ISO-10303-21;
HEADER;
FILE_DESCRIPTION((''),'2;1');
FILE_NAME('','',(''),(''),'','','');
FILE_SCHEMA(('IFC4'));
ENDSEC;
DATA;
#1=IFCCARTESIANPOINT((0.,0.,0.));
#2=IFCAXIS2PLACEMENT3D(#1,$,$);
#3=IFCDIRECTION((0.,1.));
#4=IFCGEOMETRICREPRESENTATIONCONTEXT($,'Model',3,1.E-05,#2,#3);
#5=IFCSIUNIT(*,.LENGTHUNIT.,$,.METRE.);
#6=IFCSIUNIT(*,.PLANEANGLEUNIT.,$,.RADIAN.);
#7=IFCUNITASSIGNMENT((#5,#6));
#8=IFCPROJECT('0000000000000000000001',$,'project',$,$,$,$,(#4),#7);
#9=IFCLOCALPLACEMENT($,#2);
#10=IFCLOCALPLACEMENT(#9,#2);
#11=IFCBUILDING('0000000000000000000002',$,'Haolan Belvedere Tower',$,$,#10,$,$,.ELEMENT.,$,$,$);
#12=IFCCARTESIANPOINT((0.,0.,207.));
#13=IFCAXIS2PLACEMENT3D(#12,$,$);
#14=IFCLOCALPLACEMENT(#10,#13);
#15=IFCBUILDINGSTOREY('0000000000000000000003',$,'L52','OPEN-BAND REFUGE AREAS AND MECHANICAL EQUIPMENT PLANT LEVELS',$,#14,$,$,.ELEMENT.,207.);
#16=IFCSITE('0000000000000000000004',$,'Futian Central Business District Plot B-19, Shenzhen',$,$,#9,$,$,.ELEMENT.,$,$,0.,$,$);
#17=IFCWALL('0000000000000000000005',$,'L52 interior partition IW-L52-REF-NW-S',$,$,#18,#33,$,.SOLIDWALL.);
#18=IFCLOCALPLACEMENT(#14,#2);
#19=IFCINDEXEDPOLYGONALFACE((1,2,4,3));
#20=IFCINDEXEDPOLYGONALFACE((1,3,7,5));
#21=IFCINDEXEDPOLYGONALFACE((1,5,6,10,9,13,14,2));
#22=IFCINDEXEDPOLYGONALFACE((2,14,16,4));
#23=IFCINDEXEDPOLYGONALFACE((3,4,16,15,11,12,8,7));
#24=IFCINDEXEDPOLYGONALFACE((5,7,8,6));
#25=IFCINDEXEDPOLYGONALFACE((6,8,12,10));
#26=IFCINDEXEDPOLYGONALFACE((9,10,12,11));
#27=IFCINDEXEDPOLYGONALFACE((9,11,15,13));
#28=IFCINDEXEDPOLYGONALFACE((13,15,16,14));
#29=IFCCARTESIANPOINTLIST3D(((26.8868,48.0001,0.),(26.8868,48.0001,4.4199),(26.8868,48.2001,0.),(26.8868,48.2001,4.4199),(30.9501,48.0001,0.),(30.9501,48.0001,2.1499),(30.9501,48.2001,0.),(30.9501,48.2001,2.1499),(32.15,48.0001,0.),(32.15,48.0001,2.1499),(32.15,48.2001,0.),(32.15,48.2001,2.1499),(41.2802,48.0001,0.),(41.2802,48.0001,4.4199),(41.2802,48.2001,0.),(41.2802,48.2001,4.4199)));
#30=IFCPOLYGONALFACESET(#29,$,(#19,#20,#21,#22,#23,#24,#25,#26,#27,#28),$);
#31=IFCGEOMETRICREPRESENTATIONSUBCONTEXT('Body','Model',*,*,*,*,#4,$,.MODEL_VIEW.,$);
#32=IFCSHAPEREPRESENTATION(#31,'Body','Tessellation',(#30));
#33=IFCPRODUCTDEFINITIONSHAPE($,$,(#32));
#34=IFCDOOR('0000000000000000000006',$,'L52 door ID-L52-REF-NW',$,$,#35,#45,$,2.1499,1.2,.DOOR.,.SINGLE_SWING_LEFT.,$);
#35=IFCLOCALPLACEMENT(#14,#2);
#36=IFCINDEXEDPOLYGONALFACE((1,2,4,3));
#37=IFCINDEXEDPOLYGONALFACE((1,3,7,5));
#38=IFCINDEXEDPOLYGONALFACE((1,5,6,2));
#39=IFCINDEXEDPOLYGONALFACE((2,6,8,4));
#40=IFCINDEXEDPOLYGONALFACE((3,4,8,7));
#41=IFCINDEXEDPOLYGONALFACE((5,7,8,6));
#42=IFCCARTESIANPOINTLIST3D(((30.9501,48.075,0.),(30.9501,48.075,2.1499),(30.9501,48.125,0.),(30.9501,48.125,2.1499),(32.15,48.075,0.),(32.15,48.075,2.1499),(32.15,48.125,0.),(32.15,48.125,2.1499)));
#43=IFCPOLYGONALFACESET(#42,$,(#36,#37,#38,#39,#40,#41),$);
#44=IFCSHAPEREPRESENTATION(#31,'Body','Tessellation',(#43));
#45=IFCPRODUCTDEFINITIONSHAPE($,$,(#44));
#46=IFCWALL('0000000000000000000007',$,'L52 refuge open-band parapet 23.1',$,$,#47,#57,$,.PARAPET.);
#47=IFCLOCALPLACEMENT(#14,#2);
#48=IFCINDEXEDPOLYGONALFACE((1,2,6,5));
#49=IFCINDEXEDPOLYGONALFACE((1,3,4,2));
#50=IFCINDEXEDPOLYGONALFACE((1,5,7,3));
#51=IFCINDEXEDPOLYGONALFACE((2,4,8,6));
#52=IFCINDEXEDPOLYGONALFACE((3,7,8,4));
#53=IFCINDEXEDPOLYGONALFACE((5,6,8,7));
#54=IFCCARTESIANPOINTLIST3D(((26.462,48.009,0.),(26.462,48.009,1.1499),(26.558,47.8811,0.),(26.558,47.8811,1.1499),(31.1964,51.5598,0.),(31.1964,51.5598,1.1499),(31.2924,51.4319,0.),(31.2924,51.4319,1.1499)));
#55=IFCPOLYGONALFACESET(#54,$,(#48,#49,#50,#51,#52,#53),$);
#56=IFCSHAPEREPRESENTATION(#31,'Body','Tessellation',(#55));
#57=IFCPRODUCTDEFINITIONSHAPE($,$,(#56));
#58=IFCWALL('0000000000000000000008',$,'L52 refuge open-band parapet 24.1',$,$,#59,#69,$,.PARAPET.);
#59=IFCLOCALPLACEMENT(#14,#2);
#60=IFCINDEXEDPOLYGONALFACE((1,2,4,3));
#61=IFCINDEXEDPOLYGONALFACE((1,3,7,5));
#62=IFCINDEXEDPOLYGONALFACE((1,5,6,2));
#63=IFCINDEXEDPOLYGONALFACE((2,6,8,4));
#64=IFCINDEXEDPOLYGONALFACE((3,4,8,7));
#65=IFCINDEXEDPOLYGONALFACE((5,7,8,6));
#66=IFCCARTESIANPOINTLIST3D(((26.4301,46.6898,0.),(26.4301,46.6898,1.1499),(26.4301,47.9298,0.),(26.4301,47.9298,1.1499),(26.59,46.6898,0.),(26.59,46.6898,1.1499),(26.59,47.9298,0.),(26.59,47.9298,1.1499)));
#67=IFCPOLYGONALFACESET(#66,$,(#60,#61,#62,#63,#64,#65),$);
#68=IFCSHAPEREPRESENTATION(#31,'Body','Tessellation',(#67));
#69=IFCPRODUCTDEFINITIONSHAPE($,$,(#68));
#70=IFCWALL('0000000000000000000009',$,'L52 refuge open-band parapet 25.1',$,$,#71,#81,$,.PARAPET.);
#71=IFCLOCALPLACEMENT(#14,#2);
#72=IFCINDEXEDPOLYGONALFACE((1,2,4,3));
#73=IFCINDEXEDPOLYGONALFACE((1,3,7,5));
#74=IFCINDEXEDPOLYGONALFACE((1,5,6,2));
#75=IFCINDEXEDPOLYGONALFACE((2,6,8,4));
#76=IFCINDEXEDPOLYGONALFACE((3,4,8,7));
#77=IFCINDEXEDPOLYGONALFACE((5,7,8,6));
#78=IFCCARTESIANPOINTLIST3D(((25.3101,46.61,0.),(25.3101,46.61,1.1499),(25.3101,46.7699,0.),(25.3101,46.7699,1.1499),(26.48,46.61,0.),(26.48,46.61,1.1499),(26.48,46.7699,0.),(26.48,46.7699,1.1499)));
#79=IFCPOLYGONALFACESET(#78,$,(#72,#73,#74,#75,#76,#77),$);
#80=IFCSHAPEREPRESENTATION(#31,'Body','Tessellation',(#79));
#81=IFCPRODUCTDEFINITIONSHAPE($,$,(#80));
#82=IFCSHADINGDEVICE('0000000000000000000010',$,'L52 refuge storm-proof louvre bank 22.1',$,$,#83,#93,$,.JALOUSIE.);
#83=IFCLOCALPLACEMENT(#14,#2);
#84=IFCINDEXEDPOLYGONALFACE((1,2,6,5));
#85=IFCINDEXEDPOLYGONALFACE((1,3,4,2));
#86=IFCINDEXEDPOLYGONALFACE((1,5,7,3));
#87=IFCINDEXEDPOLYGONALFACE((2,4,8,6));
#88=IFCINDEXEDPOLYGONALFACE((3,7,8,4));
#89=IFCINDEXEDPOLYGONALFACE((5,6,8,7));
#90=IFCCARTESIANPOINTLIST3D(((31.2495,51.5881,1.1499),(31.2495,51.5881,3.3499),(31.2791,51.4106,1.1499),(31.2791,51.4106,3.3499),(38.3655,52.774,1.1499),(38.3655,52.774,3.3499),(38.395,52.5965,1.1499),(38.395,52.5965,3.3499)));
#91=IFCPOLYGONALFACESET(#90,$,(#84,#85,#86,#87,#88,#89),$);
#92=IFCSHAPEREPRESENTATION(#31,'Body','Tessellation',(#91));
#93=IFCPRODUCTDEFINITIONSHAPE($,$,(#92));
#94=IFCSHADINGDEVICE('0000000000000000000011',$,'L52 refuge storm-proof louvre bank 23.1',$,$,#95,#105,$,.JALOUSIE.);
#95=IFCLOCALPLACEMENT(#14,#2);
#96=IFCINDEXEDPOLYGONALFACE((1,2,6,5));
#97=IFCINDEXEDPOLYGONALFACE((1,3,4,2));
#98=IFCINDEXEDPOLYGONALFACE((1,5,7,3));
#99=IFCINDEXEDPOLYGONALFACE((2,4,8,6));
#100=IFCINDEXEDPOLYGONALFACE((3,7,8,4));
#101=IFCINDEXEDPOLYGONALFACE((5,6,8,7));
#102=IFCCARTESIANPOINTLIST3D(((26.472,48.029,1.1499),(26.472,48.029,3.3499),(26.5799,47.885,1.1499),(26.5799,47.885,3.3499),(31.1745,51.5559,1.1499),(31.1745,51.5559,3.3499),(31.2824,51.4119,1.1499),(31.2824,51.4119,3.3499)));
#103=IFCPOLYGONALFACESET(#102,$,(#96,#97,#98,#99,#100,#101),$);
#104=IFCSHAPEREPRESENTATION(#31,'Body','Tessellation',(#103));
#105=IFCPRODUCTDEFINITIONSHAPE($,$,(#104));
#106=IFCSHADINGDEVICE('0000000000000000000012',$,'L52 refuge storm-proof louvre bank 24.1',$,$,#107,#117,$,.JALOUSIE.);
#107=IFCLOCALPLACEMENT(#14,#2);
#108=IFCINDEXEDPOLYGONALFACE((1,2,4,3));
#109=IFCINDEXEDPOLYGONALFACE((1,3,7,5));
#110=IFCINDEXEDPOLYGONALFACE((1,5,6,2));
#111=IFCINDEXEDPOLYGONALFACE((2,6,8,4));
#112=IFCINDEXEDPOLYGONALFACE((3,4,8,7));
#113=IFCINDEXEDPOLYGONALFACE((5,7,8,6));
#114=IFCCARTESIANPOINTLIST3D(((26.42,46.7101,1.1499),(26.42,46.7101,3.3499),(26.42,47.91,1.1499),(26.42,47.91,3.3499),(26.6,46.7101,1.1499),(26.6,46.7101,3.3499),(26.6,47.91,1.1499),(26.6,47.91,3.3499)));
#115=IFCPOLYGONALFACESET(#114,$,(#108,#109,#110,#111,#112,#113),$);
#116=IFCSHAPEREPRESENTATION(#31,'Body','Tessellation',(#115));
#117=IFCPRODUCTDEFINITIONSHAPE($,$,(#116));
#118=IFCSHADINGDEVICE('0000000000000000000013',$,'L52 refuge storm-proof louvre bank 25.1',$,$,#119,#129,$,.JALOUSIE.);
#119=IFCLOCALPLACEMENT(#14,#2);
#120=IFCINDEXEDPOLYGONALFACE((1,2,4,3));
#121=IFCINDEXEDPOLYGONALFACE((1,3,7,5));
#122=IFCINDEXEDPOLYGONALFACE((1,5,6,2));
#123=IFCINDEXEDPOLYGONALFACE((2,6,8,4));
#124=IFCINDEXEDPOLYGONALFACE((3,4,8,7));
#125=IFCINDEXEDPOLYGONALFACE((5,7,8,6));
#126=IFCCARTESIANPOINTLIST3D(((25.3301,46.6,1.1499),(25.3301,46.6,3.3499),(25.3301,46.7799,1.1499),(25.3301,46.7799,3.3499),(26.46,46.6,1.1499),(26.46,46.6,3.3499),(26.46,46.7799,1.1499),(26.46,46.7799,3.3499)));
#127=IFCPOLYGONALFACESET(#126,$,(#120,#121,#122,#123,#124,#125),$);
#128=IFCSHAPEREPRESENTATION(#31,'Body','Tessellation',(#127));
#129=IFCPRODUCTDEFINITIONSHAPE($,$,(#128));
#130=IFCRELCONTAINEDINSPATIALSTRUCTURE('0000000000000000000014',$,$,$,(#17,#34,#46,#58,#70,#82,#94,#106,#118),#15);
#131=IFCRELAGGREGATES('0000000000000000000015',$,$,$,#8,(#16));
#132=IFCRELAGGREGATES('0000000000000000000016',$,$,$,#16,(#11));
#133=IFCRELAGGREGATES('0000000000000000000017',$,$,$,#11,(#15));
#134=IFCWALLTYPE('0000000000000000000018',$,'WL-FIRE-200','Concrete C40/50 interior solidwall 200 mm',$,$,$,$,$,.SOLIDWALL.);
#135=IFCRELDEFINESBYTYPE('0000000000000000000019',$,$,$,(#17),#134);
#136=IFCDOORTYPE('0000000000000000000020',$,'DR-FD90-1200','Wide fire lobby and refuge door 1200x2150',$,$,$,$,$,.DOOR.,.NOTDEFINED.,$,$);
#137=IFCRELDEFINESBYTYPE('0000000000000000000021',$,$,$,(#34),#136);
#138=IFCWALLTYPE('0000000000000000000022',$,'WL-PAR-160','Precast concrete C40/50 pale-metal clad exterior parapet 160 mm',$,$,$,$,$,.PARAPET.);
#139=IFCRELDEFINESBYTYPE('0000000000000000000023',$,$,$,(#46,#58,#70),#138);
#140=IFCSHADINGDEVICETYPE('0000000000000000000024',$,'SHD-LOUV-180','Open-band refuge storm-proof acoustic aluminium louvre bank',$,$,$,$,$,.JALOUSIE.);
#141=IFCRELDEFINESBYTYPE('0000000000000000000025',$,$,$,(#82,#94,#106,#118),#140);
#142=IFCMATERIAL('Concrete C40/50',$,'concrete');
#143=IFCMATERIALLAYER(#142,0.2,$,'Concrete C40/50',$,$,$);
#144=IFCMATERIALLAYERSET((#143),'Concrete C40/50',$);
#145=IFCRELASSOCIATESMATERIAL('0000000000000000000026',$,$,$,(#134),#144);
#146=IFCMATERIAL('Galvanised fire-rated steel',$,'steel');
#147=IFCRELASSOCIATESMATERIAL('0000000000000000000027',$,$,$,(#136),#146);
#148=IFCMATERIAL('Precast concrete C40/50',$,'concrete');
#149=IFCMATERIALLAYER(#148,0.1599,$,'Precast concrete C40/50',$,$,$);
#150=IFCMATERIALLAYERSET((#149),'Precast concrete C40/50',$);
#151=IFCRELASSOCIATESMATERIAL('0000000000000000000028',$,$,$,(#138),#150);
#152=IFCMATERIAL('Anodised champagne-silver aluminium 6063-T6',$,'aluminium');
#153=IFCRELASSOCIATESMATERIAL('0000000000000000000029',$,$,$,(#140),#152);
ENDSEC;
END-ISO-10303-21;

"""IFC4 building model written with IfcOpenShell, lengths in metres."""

from ifc_helpers import new_model, si_unit, direction, frame, frame_2d, origin, origin_2d, place, context, subcontext, project, spatial, rectangle, extrude, material, layer, layer_set, type_object, element, fill, save


model = new_model("IFC4")

# Units and contexts
model_context = context("Model", 3, precision=1e-05, world=origin(), true_north=direction((0.0, 1.0)))
body_context = subcontext(model_context, "Body", "Model", "MODEL_VIEW")
ifc_project = project(units=[si_unit("LENGTHUNIT", "METRE"), si_unit("PLANEANGLEUNIT", "RADIAN")], contexts=[model_context])

# Site, building, storey
site_placement = place(None, origin())
site = spatial("IfcSite", under=ifc_project, at=site_placement, Name="Futian Central Business District Plot B-19, Shenzhen", CompositionType="ELEMENT", RefElevation=0.0)
building_placement = place(site_placement, origin())
building = spatial("IfcBuilding", under=site, at=building_placement, Name="Haolan Belvedere Tower", CompositionType="ELEMENT")
storey_placement = place(building_placement, frame((0.0, 0.0, 207.0)))
storey = spatial("IfcBuildingStorey", under=building, at=storey_placement, Name="L52", Description="OPEN-BAND REFUGE AREAS AND MECHANICAL EQUIPMENT PLANT LEVELS", CompositionType="ELEMENT", Elevation=207.0)

# Shared definitions
ifc_material_1 = material(Name="Galvanised fire-rated steel", Category="steel")

# Shared definitions
ifc_material_2 = material(Name="Concrete C40/50", Category="concrete")
ifc_layer_1 = layer(ifc_material_2, 0.2, Name="Concrete C40/50")
ifc_layer_set_1 = layer_set([ifc_layer_1], Name="Concrete C40/50")
wall_type_1 = type_object("IfcWallType", Name="WL-FIRE-200", Description="Concrete C40/50 interior solidwall 200 mm", PredefinedType="SOLIDWALL", material=ifc_layer_set_1)

# Wall, opening, door
wall_1_placement = place(storey_placement, frame((26.8867, 48.1001, 0.0), z_axis=(0.0, 0.0, 1.0), x_axis=(1.0, 0.0, 0.0)))
wall_1 = element("IfcWall", 1, at=wall_1_placement, inside=storey, type_object=wall_type_1, Name="L52 interior partition IW-L52-REF-NW-S", PredefinedType="SOLIDWALL", context=body_context, shape_type="SweptSolid", body=[
    extrude(rectangle(XDim=14.3933, YDim=0.2, at=frame_2d((7.1968, 0.0))), origin(), (0.0, 0.0, 1.0), 4.4199),
])
opening_1_placement = place(wall_1_placement, frame((4.0632, 0.0, 0.0)))
opening_1 = element("IfcOpeningElement", 2, at=opening_1_placement, cuts=wall_1, PredefinedType="OPENING", context=body_context, shape_type="SweptSolid", body=[
    extrude(rectangle(XDim=1.2, YDim=2.1499, at=frame_2d((0.6001, 1.075))), frame((0.0, 0.1099, 0.0), z_axis=(0.0, -1.0, 0.0), x_axis=(1.0, 0.0, 0.0)), (0.0, 0.0, 1.0), 0.22),
])
door_type_1 = type_object("IfcDoorType", Name="DR-FD90-1200", Description="Wide fire lobby and refuge door 1200x2150", OperationType="NOTDEFINED", PredefinedType="DOOR", material=ifc_material_1)
door_1_placement = place(opening_1_placement, origin())
door_1 = element("IfcDoor", 3, at=door_1_placement, inside=storey, type_object=door_type_1, Name="L52 door ID-L52-REF-NW", OperationType="SINGLE_SWING_LEFT", OverallHeight=2.1499, OverallWidth=1.2, PredefinedType="DOOR", context=body_context, shape_type="SweptSolid", body=[
    extrude(rectangle(XDim=1.2, YDim=2.1499, at=frame_2d((0.6001, 1.075))), frame((0.0, 0.0249, 0.0), z_axis=(0.0, -1.0, 0.0), x_axis=(1.0, 0.0, 0.0)), (0.0, 0.0, 1.0), 0.05),
])
fill(opening_1, door_1)

# Walls
ifc_material_3 = material(Name="Precast concrete C40/50", Category="concrete")
ifc_layer_2 = layer(ifc_material_3, 0.1599, Name="Precast concrete C40/50")
ifc_layer_set_2 = layer_set([ifc_layer_2], Name="Precast concrete C40/50")
wall_type_2 = type_object("IfcWallType", Name="WL-PAR-160", Description="Precast concrete C40/50 pale-metal clad exterior parapet 160 mm", PredefinedType="PARAPET", material=ifc_layer_set_2)
wall_2_placement = place(storey_placement, frame((31.2444, 51.4958, 0.0), z_axis=(0.0, 0.0, 1.0), x_axis=(-0.8, -0.6, 0.0)))
element("IfcWall", 4, at=wall_2_placement, inside=storey, type_object=wall_type_2, Name="L52 refuge open-band parapet 23.1", PredefinedType="PARAPET", context=body_context, shape_type="SweptSolid", body=[
    extrude(rectangle(XDim=5.918, YDim=0.1599, at=frame_2d((2.959, 0.0))), origin(), (0.0, 0.0, 1.0), 1.1499),
])
wall_3_placement = place(storey_placement, frame((26.51, 47.9299, 0.0), z_axis=(0.0, 0.0, 1.0), x_axis=(0.0, -1.0, 0.0)))
element("IfcWall", 5, at=wall_3_placement, inside=storey, type_object=wall_type_2, Name="L52 refuge open-band parapet 24.1", PredefinedType="PARAPET", context=body_context, shape_type="SweptSolid", body=[
    extrude(rectangle(XDim=1.24, YDim=0.1599, at=frame_2d((0.6201, 0.0))), origin(), (0.0, 0.0, 1.0), 1.1499),
])
wall_4_placement = place(storey_placement, frame((26.48, 46.6899, 0.0), z_axis=(0.0, 0.0, 1.0), x_axis=(-1.0, 0.0, 0.0)))
element("IfcWall", 6, at=wall_4_placement, inside=storey, type_object=wall_type_2, Name="L52 refuge open-band parapet 25.1", PredefinedType="PARAPET", context=body_context, shape_type="SweptSolid", body=[
    extrude(rectangle(XDim=1.1699, YDim=0.1599, at=frame_2d((0.585, 0.0))), origin(), (0.0, 0.0, 1.0), 1.1499),
])

# Shading devices
ifc_material_4 = material(Name="Anodised champagne-silver aluminium 6063-T6", Category="aluminium")
shading_device_type = type_object("IfcShadingDeviceType", Name="SHD-LOUV-180", Description="Open-band refuge storm-proof acoustic aluminium louvre bank", PredefinedType="JALOUSIE", material=ifc_material_4)
shading_device_1_placement = place(storey_placement, frame((34.8223, 52.0923, 1.1499), z_axis=(0.0, 0.0, 1.0), x_axis=(-0.986395, -0.164393, 0.0)))
element("IfcShadingDevice", 7, at=shading_device_1_placement, inside=storey, type_object=shading_device_type, Name="L52 refuge storm-proof louvre bank 22.1", PredefinedType="JALOUSIE", context=body_context, shape_type="SweptSolid", body=[
    extrude(rectangle(XDim=7.2141, YDim=0.1799, at=origin_2d()), origin(), (0.0, 0.0, 1.0), 2.2),
])
shading_device_2_placement = place(storey_placement, frame((28.8772, 49.7205, 1.1499), z_axis=(0.0, 0.0, 1.0), x_axis=(-0.799999, -0.600001, 0.0)))
element("IfcShadingDevice", 8, at=shading_device_2_placement, inside=storey, type_object=shading_device_type, Name="L52 refuge storm-proof louvre bank 23.1", PredefinedType="JALOUSIE", context=body_context, shape_type="SweptSolid", body=[
    extrude(rectangle(XDim=5.8782, YDim=0.1799, at=origin_2d()), origin(), (0.0, 0.0, 1.0), 2.2),
])
shading_device_3_placement = place(storey_placement, frame((26.51, 47.3101, 1.1499), z_axis=(0.0, 0.0, 1.0), x_axis=(0.0, -1.0, 0.0)))
element("IfcShadingDevice", 9, at=shading_device_3_placement, inside=storey, type_object=shading_device_type, Name="L52 refuge storm-proof louvre bank 24.1", PredefinedType="JALOUSIE", context=body_context, shape_type="SweptSolid", body=[
    extrude(rectangle(XDim=1.2, YDim=0.1799, at=origin_2d()), origin(), (0.0, 0.0, 1.0), 2.2),
])
shading_device_4_placement = place(storey_placement, frame((25.895, 46.6899, 1.1499), z_axis=(0.0, 0.0, 1.0), x_axis=(-1.0, 0.0, 0.0)))
element("IfcShadingDevice", 10, at=shading_device_4_placement, inside=storey, type_object=shading_device_type, Name="L52 refuge storm-proof louvre bank 25.1", PredefinedType="JALOUSIE", context=body_context, shape_type="SweptSolid", body=[
    extrude(rectangle(XDim=1.1299, YDim=0.1799, at=origin_2d()), origin(), (0.0, 0.0, 1.0), 2.2),
])

save(model, "model.ifc")
